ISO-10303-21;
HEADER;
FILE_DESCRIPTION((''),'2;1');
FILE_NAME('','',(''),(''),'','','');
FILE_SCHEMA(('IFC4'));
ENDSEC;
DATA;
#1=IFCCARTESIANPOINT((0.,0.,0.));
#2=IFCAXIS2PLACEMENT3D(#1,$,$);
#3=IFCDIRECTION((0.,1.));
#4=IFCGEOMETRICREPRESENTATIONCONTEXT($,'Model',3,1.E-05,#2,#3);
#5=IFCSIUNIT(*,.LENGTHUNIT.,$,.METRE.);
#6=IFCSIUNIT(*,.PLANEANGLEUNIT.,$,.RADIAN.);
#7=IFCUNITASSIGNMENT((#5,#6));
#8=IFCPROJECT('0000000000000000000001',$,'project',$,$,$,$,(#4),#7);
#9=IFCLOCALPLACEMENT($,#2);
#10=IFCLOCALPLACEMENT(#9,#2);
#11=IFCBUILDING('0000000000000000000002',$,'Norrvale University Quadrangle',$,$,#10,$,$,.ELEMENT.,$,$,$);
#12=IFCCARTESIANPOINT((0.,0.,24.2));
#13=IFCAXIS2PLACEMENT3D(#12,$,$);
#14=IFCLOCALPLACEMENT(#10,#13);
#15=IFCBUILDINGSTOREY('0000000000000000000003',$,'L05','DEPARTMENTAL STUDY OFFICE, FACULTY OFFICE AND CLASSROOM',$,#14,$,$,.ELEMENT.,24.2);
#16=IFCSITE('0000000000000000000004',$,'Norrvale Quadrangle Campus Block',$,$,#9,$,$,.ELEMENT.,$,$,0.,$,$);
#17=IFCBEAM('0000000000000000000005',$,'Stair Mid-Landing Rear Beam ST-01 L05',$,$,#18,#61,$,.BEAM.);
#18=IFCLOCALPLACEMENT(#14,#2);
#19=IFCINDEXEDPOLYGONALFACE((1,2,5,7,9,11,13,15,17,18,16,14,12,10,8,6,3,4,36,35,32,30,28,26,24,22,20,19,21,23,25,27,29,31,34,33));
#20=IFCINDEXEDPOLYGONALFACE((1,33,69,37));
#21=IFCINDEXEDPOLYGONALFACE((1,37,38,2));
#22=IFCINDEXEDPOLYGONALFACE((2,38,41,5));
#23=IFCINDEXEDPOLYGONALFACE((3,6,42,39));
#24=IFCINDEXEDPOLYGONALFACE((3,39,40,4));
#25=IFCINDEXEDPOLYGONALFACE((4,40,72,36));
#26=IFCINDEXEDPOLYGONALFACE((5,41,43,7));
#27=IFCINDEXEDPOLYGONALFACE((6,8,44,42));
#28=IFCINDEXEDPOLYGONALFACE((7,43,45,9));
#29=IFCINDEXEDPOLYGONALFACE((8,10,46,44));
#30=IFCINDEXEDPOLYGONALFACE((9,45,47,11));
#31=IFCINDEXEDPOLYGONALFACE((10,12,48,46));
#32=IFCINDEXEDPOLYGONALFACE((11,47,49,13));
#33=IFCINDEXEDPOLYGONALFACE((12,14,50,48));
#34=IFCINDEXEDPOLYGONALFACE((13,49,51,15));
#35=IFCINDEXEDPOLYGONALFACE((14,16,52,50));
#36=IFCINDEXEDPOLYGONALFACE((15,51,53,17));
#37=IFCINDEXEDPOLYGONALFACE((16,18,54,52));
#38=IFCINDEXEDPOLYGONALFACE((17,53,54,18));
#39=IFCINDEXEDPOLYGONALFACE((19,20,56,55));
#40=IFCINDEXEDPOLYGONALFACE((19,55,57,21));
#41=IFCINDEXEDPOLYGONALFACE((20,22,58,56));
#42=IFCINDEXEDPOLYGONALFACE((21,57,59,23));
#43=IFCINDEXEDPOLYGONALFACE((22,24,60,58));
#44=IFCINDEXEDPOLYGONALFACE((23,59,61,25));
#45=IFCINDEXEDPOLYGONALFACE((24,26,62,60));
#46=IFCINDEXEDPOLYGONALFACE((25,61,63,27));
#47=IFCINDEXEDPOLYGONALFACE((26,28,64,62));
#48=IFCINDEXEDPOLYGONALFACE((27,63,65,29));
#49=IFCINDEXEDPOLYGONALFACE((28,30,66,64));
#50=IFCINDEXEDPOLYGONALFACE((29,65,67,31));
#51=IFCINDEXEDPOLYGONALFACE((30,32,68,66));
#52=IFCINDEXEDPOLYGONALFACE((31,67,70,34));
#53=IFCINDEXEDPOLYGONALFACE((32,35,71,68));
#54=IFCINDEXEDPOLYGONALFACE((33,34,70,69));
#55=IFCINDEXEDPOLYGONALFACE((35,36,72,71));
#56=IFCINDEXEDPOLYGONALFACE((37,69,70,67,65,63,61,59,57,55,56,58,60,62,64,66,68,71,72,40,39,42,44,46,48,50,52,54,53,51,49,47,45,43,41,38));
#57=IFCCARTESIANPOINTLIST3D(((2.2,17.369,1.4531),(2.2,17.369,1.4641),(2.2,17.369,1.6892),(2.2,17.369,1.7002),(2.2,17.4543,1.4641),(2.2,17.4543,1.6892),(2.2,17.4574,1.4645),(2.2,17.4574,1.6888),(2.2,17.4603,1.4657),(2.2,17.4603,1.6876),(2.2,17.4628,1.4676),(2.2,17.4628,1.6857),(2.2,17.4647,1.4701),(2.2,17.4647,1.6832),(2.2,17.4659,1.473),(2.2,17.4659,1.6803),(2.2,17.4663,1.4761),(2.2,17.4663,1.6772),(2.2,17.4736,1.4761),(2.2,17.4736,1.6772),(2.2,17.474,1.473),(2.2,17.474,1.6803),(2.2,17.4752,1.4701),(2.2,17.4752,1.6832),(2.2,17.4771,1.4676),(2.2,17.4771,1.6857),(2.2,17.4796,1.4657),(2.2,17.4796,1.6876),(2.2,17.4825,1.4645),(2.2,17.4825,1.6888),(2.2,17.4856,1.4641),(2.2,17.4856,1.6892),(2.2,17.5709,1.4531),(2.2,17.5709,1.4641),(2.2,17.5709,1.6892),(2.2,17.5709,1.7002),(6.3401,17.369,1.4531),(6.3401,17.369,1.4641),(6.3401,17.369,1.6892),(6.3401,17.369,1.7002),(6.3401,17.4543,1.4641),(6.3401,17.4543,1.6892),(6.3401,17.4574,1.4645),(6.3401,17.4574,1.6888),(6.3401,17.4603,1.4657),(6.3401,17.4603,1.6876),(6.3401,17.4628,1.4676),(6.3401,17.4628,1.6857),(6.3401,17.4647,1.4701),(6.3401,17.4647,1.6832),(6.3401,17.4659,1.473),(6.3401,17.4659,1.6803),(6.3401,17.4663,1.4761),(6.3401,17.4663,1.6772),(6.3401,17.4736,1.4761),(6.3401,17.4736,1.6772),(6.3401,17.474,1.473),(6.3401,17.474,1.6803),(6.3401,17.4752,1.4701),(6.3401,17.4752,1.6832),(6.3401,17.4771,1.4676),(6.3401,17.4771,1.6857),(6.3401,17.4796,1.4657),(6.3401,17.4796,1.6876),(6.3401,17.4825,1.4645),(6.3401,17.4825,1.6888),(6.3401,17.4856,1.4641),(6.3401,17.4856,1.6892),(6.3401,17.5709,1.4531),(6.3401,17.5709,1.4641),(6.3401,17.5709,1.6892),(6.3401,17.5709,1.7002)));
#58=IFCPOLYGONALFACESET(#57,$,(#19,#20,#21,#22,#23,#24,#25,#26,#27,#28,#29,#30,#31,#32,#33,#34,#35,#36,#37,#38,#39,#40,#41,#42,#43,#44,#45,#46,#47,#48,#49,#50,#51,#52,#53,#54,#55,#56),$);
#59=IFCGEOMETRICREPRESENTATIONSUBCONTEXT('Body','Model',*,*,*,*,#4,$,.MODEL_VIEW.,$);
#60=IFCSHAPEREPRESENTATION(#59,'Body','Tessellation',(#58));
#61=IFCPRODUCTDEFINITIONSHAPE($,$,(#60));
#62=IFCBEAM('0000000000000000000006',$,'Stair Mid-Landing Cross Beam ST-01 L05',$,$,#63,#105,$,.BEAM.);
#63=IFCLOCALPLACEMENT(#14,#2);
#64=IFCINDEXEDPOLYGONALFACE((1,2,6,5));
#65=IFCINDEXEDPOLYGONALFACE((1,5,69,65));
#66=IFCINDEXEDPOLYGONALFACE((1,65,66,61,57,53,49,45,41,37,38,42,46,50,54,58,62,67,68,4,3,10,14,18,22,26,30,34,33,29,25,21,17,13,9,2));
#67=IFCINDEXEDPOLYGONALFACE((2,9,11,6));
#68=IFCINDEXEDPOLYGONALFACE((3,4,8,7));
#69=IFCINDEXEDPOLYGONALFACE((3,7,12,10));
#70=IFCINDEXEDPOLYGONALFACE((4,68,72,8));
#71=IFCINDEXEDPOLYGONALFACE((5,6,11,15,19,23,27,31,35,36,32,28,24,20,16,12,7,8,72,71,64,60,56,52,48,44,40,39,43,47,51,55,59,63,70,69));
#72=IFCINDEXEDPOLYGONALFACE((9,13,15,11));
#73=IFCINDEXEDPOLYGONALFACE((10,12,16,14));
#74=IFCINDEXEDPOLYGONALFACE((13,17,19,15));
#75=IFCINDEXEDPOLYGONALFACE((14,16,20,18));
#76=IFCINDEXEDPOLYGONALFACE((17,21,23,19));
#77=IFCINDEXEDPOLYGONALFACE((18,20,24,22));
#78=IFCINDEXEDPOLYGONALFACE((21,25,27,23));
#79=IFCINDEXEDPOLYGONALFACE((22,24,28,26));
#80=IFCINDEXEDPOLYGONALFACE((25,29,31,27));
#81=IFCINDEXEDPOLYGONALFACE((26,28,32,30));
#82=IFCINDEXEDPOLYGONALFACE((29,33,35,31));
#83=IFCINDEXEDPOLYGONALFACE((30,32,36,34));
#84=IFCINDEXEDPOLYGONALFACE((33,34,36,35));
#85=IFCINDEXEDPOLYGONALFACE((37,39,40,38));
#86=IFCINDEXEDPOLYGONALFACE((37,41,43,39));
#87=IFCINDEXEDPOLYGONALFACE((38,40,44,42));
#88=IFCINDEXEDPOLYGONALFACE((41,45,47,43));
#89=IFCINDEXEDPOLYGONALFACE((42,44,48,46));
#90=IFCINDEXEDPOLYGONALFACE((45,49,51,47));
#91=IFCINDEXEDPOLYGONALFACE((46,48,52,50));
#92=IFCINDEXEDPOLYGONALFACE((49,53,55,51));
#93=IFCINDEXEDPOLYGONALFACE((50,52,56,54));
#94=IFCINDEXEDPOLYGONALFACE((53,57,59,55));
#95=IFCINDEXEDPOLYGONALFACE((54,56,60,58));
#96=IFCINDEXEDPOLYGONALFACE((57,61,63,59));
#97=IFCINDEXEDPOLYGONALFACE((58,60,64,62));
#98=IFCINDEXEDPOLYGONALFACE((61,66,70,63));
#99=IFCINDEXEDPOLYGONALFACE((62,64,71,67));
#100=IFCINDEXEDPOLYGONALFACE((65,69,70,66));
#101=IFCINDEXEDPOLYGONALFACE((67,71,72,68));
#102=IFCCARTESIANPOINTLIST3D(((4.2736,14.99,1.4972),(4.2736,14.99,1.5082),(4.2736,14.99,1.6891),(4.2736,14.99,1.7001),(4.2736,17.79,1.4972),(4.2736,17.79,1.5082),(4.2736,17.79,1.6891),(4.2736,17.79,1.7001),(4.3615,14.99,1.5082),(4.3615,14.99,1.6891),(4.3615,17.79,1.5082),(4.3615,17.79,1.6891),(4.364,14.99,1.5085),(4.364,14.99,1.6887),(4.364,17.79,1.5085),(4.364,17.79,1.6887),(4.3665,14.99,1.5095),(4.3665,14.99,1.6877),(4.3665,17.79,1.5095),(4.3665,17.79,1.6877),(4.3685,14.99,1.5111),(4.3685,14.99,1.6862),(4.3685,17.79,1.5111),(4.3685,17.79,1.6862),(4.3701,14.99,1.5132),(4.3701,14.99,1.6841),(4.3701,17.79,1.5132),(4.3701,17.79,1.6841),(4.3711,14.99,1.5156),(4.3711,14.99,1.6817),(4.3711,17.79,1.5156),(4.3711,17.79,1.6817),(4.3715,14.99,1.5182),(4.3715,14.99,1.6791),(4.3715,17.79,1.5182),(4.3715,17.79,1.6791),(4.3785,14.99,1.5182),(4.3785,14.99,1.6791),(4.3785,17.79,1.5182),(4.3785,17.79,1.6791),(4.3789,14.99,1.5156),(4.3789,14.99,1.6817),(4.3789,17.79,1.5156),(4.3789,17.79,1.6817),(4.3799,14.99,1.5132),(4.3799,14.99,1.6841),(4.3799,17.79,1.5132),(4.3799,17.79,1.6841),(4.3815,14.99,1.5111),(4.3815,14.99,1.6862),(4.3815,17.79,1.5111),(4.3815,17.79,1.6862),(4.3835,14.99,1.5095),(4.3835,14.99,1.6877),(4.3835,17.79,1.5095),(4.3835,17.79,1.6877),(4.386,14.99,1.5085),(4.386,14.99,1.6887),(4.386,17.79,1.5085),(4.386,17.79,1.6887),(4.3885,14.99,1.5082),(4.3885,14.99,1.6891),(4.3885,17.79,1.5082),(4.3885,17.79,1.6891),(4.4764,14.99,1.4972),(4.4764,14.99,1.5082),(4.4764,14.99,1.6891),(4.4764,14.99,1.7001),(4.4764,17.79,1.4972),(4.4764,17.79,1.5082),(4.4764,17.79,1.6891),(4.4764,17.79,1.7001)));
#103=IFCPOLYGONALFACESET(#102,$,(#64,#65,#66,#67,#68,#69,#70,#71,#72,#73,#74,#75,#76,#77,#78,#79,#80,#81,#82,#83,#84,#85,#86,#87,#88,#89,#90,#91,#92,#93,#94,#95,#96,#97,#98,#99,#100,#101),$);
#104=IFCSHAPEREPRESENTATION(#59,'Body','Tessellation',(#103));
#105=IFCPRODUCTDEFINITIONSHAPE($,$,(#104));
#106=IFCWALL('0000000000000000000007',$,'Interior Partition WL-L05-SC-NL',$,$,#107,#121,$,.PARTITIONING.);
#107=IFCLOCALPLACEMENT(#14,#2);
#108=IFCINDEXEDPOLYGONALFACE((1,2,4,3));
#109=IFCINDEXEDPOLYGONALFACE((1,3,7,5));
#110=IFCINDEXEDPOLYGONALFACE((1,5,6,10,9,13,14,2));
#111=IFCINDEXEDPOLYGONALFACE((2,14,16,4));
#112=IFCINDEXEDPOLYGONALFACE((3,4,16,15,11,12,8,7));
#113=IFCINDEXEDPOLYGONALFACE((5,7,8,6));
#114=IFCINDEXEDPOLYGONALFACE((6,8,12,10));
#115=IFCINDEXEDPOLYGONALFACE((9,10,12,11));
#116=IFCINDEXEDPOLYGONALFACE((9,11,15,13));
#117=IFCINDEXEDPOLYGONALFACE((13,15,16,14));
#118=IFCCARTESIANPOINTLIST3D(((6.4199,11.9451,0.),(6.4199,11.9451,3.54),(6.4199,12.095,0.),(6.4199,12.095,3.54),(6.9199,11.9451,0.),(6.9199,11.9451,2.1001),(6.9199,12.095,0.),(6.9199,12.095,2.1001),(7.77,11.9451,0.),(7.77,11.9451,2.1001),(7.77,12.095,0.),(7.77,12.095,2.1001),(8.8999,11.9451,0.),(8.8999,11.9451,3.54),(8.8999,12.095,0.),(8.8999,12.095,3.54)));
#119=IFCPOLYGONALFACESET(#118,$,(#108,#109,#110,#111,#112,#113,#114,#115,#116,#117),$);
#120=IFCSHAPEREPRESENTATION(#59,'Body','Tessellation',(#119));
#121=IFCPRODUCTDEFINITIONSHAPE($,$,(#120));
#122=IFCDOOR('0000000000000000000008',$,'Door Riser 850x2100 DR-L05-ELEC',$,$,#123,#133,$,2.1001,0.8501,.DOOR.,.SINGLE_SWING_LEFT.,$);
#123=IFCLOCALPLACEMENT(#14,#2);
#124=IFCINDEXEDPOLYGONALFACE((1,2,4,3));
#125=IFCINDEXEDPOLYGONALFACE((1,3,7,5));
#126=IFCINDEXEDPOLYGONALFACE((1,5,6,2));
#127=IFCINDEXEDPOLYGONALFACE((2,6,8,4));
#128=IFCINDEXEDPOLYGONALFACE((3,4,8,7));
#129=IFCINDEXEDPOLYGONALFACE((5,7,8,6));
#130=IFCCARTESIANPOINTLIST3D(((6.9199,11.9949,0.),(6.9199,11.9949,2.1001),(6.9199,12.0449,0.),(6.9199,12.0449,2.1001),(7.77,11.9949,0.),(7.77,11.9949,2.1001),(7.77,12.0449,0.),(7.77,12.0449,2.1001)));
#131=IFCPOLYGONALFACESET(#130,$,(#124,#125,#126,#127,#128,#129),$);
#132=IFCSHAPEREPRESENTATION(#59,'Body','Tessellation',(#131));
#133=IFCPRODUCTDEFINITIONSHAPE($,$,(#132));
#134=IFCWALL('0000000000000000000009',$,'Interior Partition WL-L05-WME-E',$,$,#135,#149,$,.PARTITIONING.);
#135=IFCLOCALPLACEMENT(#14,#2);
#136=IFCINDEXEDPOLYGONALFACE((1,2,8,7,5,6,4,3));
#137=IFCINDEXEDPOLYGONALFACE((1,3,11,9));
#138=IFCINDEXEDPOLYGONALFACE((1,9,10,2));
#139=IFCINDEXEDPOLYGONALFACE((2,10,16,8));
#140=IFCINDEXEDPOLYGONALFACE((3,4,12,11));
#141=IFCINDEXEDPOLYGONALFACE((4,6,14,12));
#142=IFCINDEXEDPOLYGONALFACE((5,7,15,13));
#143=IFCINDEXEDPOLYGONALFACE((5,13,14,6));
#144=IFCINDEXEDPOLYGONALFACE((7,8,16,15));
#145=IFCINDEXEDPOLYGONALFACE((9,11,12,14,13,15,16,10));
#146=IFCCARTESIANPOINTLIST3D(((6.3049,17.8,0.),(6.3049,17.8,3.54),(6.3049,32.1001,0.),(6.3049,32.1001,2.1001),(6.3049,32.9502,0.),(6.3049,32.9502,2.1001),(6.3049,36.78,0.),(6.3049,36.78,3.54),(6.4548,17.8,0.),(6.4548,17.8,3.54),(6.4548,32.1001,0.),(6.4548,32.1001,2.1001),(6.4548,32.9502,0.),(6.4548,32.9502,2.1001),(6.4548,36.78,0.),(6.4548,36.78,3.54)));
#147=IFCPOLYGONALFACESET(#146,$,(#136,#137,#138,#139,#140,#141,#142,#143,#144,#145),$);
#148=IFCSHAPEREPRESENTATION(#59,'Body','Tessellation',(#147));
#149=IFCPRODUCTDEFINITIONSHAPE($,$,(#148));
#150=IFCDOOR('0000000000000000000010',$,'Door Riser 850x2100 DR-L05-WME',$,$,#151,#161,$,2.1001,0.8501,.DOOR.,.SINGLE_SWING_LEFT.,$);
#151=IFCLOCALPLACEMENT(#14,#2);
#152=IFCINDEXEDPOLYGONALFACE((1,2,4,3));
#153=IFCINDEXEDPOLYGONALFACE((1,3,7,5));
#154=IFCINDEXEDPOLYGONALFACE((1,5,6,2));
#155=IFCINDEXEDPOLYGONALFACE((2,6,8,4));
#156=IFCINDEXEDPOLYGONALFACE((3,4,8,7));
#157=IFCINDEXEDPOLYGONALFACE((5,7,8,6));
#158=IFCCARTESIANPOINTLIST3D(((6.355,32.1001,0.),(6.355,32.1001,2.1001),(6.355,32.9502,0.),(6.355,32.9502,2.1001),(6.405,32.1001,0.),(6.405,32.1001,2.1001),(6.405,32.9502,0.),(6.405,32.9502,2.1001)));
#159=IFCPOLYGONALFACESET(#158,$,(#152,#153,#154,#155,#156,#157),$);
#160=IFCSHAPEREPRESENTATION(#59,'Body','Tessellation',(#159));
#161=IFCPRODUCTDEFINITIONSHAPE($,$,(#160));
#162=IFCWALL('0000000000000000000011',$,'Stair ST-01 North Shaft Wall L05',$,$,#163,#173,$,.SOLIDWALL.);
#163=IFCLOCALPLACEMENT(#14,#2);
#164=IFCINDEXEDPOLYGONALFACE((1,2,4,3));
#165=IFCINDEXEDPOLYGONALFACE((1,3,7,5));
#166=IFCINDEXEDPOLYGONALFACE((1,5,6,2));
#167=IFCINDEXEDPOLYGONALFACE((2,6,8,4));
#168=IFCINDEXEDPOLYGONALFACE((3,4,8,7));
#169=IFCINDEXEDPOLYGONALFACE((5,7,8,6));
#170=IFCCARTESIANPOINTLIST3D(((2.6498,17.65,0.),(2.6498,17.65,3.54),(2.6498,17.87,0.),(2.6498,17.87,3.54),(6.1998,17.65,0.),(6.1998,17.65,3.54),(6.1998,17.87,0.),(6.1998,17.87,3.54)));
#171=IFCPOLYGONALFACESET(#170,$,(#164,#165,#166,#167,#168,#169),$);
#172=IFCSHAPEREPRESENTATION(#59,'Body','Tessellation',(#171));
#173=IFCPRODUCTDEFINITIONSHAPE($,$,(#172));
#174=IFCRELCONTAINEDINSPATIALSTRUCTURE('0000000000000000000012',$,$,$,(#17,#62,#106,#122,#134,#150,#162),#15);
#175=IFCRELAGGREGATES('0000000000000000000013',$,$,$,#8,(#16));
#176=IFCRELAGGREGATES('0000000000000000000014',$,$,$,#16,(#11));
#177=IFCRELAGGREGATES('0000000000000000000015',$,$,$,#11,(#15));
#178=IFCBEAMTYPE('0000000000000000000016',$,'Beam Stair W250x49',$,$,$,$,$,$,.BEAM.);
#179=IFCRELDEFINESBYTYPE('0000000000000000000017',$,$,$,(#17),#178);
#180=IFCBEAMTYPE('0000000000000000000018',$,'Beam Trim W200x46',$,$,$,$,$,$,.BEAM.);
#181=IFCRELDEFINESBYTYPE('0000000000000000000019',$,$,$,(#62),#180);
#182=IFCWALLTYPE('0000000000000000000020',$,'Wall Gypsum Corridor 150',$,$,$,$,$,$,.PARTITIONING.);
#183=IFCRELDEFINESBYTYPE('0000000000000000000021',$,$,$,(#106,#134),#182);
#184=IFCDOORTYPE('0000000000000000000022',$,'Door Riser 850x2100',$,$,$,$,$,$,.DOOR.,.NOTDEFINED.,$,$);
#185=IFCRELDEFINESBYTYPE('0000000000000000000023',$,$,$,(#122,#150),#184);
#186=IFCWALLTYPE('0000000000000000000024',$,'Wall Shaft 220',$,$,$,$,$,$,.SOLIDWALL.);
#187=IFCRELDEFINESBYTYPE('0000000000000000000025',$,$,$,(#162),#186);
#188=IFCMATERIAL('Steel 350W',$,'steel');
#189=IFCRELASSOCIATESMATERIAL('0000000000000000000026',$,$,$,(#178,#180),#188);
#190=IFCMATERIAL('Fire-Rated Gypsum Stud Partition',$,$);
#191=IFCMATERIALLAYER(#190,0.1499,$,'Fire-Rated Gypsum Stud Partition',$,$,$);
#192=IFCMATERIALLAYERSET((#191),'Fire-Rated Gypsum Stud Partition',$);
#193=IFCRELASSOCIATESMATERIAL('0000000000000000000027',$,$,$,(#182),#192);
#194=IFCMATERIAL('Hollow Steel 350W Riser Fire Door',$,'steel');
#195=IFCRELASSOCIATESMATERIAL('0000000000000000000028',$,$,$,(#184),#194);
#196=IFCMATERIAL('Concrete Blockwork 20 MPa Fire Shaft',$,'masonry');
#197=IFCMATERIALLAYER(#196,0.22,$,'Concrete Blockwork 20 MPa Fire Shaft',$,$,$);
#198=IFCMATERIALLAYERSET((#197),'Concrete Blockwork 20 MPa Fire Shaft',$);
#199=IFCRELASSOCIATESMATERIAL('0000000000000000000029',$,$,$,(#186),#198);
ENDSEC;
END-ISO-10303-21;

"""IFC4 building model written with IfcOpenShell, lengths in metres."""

from ifc_helpers import new_model, si_unit, direction, frame, frame_2d, origin, origin_2d, place, context, subcontext, project, spatial, rectangle, i_section, extrude, material, layer, layer_set, material_profile, profile_set, type_object, element, fill, save


model = new_model("IFC4")

# Units and contexts
model_context = context("Model", 3, precision=1e-05, world=origin(), true_north=direction((0.0, 1.0)))
body_context = subcontext(model_context, "Body", "Model", "MODEL_VIEW")
ifc_project = project(units=[si_unit("LENGTHUNIT", "METRE"), si_unit("PLANEANGLEUNIT", "RADIAN")], contexts=[model_context])

# Site, building, storey
site_placement = place(None, origin())
site = spatial("IfcSite", under=ifc_project, at=site_placement, Name="Norrvale Quadrangle Campus Block", CompositionType="ELEMENT", RefElevation=0.0)
building_placement = place(site_placement, origin())
building = spatial("IfcBuilding", under=site, at=building_placement, Name="Norrvale University Quadrangle", CompositionType="ELEMENT")
storey_placement = place(building_placement, frame((0.0, 0.0, 24.2)))
storey = spatial("IfcBuildingStorey", under=building, at=storey_placement, Name="L05", Description="DEPARTMENTAL STUDY OFFICE, FACULTY OFFICE AND CLASSROOM", CompositionType="ELEMENT", Elevation=24.2)

# Beams
ifc_material_1 = material(Name="Steel 350W", Category="steel")
ifc_material_profile_1 = material_profile(ifc_material_1, i_section(OverallWidth=0.2019, OverallDepth=0.2471, WebThickness=0.0073, FlangeThickness=0.011, FilletRadius=0.012, at=origin_2d()), Name="Steel 350W")
ifc_profile_set_1 = profile_set([ifc_material_profile_1], Name="Steel 350W")
beam_type_1 = type_object("IfcBeamType", Name="Beam Stair W250x49", PredefinedType="BEAM", material=ifc_profile_set_1)
for number, where, z_axis, x_axis, name in (
    (1, (2.2, 17.47, 1.5767), (1.0, 0.0, 0.0), (0.0, 1.0, 0.0), "Stair Mid-Landing Rear Beam ST-01 L05"),
):
    element("IfcBeam", number, at=place(storey_placement, frame(where, z_axis=z_axis, x_axis=x_axis)), inside=storey, type_object=beam_type_1, Name=name, PredefinedType="BEAM", context=body_context, shape_type="SweptSolid", body=[
        extrude(i_section(OverallWidth=0.2019, OverallDepth=0.2471, WebThickness=0.0073, FlangeThickness=0.011, FilletRadius=0.012, at=origin_2d()), origin(), (0.0, 0.0, 1.0), 4.1401),
    ])
ifc_material_profile_2 = material_profile(ifc_material_1, i_section(OverallWidth=0.2029, OverallDepth=0.2029, WebThickness=0.0071, FlangeThickness=0.011, FilletRadius=0.01, at=origin_2d()), Name="Steel 350W")
ifc_profile_set_2 = profile_set([ifc_material_profile_2], Name="Steel 350W")
beam_type_2 = type_object("IfcBeamType", Name="Beam Trim W200x46", PredefinedType="BEAM", material=ifc_profile_set_2)
beam_1_placement = place(storey_placement, frame((4.375, 14.99, 1.5986), z_axis=(0.0, 1.0, 0.0), x_axis=(-1.0, 0.0, 0.0)))
element("IfcBeam", 2, at=beam_1_placement, inside=storey, type_object=beam_type_2, Name="Stair Mid-Landing Cross Beam ST-01 L05", PredefinedType="BEAM", context=body_context, shape_type="SweptSolid", body=[
    extrude(i_section(OverallWidth=0.2029, OverallDepth=0.2029, WebThickness=0.0071, FlangeThickness=0.011, FilletRadius=0.01, at=origin_2d()), origin(), (0.0, 0.0, 1.0), 2.8),
])

# Walls, openings, doors
ifc_material_2 = material(Name="Fire-Rated Gypsum Stud Partition")
ifc_layer_1 = layer(ifc_material_2, 0.1499, Name="Fire-Rated Gypsum Stud Partition")
ifc_layer_set_1 = layer_set([ifc_layer_1], Name="Fire-Rated Gypsum Stud Partition")
wall_type_1 = type_object("IfcWallType", Name="Wall Gypsum Corridor 150", PredefinedType="PARTITIONING", material=ifc_layer_set_1)
wall_1_placement = place(storey_placement, frame((6.4199, 12.02, 0.0), z_axis=(0.0, 0.0, 1.0), x_axis=(1.0, 0.0, 0.0)))
wall_1 = element("IfcWall", 3, at=wall_1_placement, inside=storey, type_object=wall_type_1, Name="Interior Partition WL-L05-SC-NL", PredefinedType="PARTITIONING", context=body_context, shape_type="SweptSolid", body=[
    extrude(rectangle(XDim=2.48, YDim=0.1499, at=frame_2d((1.24, 0.0))), origin(), (0.0, 0.0, 1.0), 3.54),
])
opening_1_placement = place(wall_1_placement, frame((0.5, 0.0, 0.0)))
opening_1 = element("IfcOpeningElement", 4, at=opening_1_placement, cuts=wall_1, PredefinedType="OPENING", context=body_context, shape_type="SweptSolid", body=[
    extrude(rectangle(XDim=0.8501, YDim=2.1001, at=frame_2d((0.425, 1.05))), frame((0.0, 0.0869, 0.0), z_axis=(0.0, -1.0, 0.0), x_axis=(1.0, 0.0, 0.0)), (0.0, 0.0, 1.0), 0.1738),
])
ifc_material_3 = material(Name="Hollow Steel 350W Riser Fire Door", Category="steel")
door_type = type_object("IfcDoorType", Name="Door Riser 850x2100", OperationType="NOTDEFINED", PredefinedType="DOOR", material=ifc_material_3)
door_1_placement = place(opening_1_placement, origin())
door_1 = element("IfcDoor", 5, at=door_1_placement, inside=storey, type_object=door_type, Name="Door Riser 850x2100 DR-L05-ELEC", OperationType="SINGLE_SWING_LEFT", OverallHeight=2.1001, OverallWidth=0.8501, PredefinedType="DOOR", context=body_context, shape_type="SweptSolid", body=[
    extrude(rectangle(XDim=0.8501, YDim=2.1001, at=frame_2d((0.425, 1.05))), frame((0.0, 0.0249, 0.0), z_axis=(0.0, -1.0, 0.0), x_axis=(1.0, 0.0, 0.0)), (0.0, 0.0, 1.0), 0.05),
])
fill(opening_1, door_1)
wall_2_placement = place(storey_placement, frame((6.3799, 17.8, 0.0), z_axis=(0.0, 0.0, 1.0), x_axis=(0.0, 1.0, 0.0)))
wall_2 = element("IfcWall", 6, at=wall_2_placement, inside=storey, type_object=wall_type_1, Name="Interior Partition WL-L05-WME-E", PredefinedType="PARTITIONING", context=body_context, shape_type="SweptSolid", body=[
    extrude(rectangle(XDim=18.98, YDim=0.1499, at=frame_2d((9.49, 0.0))), origin(), (0.0, 0.0, 1.0), 3.54),
])
opening_2_placement = place(wall_2_placement, frame((14.3, 0.0, 0.0)))
opening_2 = element("IfcOpeningElement", 7, at=opening_2_placement, cuts=wall_2, PredefinedType="OPENING", context=body_context, shape_type="SweptSolid", body=[
    extrude(rectangle(XDim=0.8501, YDim=2.1001, at=frame_2d((0.425, 1.05))), frame((0.0, 0.0869, 0.0), z_axis=(0.0, -1.0, 0.0), x_axis=(1.0, 0.0, 0.0)), (0.0, 0.0, 1.0), 0.1738),
])
door_2_placement = place(opening_2_placement, origin())
door_2 = element("IfcDoor", 8, at=door_2_placement, inside=storey, type_object=door_type, Name="Door Riser 850x2100 DR-L05-WME", OperationType="SINGLE_SWING_LEFT", OverallHeight=2.1001, OverallWidth=0.8501, PredefinedType="DOOR", context=body_context, shape_type="SweptSolid", body=[
    extrude(rectangle(XDim=0.8501, YDim=2.1001, at=frame_2d((0.425, 1.05))), frame((0.0, 0.0249, 0.0), z_axis=(0.0, -1.0, 0.0), x_axis=(1.0, 0.0, 0.0)), (0.0, 0.0, 1.0), 0.05),
])
fill(opening_2, door_2)

# Wall
ifc_material_4 = material(Name="Concrete Blockwork 20 MPa Fire Shaft", Category="masonry")
ifc_layer_2 = layer(ifc_material_4, 0.22, Name="Concrete Blockwork 20 MPa Fire Shaft")
ifc_layer_set_2 = layer_set([ifc_layer_2], Name="Concrete Blockwork 20 MPa Fire Shaft")
wall_type_2 = type_object("IfcWallType", Name="Wall Shaft 220", PredefinedType="SOLIDWALL", material=ifc_layer_set_2)
wall_3_placement = place(storey_placement, frame((2.6499, 17.76, 0.0), z_axis=(0.0, 0.0, 1.0), x_axis=(1.0, 0.0, 0.0)))
element("IfcWall", 9, at=wall_3_placement, inside=storey, type_object=wall_type_2, Name="Stair ST-01 North Shaft Wall L05", PredefinedType="SOLIDWALL", context=body_context, shape_type="SweptSolid", body=[
    extrude(rectangle(XDim=3.55, YDim=0.22, at=frame_2d((1.7749, 0.0))), origin(), (0.0, 0.0, 1.0), 3.54),
])

save(model, "model.ifc")
